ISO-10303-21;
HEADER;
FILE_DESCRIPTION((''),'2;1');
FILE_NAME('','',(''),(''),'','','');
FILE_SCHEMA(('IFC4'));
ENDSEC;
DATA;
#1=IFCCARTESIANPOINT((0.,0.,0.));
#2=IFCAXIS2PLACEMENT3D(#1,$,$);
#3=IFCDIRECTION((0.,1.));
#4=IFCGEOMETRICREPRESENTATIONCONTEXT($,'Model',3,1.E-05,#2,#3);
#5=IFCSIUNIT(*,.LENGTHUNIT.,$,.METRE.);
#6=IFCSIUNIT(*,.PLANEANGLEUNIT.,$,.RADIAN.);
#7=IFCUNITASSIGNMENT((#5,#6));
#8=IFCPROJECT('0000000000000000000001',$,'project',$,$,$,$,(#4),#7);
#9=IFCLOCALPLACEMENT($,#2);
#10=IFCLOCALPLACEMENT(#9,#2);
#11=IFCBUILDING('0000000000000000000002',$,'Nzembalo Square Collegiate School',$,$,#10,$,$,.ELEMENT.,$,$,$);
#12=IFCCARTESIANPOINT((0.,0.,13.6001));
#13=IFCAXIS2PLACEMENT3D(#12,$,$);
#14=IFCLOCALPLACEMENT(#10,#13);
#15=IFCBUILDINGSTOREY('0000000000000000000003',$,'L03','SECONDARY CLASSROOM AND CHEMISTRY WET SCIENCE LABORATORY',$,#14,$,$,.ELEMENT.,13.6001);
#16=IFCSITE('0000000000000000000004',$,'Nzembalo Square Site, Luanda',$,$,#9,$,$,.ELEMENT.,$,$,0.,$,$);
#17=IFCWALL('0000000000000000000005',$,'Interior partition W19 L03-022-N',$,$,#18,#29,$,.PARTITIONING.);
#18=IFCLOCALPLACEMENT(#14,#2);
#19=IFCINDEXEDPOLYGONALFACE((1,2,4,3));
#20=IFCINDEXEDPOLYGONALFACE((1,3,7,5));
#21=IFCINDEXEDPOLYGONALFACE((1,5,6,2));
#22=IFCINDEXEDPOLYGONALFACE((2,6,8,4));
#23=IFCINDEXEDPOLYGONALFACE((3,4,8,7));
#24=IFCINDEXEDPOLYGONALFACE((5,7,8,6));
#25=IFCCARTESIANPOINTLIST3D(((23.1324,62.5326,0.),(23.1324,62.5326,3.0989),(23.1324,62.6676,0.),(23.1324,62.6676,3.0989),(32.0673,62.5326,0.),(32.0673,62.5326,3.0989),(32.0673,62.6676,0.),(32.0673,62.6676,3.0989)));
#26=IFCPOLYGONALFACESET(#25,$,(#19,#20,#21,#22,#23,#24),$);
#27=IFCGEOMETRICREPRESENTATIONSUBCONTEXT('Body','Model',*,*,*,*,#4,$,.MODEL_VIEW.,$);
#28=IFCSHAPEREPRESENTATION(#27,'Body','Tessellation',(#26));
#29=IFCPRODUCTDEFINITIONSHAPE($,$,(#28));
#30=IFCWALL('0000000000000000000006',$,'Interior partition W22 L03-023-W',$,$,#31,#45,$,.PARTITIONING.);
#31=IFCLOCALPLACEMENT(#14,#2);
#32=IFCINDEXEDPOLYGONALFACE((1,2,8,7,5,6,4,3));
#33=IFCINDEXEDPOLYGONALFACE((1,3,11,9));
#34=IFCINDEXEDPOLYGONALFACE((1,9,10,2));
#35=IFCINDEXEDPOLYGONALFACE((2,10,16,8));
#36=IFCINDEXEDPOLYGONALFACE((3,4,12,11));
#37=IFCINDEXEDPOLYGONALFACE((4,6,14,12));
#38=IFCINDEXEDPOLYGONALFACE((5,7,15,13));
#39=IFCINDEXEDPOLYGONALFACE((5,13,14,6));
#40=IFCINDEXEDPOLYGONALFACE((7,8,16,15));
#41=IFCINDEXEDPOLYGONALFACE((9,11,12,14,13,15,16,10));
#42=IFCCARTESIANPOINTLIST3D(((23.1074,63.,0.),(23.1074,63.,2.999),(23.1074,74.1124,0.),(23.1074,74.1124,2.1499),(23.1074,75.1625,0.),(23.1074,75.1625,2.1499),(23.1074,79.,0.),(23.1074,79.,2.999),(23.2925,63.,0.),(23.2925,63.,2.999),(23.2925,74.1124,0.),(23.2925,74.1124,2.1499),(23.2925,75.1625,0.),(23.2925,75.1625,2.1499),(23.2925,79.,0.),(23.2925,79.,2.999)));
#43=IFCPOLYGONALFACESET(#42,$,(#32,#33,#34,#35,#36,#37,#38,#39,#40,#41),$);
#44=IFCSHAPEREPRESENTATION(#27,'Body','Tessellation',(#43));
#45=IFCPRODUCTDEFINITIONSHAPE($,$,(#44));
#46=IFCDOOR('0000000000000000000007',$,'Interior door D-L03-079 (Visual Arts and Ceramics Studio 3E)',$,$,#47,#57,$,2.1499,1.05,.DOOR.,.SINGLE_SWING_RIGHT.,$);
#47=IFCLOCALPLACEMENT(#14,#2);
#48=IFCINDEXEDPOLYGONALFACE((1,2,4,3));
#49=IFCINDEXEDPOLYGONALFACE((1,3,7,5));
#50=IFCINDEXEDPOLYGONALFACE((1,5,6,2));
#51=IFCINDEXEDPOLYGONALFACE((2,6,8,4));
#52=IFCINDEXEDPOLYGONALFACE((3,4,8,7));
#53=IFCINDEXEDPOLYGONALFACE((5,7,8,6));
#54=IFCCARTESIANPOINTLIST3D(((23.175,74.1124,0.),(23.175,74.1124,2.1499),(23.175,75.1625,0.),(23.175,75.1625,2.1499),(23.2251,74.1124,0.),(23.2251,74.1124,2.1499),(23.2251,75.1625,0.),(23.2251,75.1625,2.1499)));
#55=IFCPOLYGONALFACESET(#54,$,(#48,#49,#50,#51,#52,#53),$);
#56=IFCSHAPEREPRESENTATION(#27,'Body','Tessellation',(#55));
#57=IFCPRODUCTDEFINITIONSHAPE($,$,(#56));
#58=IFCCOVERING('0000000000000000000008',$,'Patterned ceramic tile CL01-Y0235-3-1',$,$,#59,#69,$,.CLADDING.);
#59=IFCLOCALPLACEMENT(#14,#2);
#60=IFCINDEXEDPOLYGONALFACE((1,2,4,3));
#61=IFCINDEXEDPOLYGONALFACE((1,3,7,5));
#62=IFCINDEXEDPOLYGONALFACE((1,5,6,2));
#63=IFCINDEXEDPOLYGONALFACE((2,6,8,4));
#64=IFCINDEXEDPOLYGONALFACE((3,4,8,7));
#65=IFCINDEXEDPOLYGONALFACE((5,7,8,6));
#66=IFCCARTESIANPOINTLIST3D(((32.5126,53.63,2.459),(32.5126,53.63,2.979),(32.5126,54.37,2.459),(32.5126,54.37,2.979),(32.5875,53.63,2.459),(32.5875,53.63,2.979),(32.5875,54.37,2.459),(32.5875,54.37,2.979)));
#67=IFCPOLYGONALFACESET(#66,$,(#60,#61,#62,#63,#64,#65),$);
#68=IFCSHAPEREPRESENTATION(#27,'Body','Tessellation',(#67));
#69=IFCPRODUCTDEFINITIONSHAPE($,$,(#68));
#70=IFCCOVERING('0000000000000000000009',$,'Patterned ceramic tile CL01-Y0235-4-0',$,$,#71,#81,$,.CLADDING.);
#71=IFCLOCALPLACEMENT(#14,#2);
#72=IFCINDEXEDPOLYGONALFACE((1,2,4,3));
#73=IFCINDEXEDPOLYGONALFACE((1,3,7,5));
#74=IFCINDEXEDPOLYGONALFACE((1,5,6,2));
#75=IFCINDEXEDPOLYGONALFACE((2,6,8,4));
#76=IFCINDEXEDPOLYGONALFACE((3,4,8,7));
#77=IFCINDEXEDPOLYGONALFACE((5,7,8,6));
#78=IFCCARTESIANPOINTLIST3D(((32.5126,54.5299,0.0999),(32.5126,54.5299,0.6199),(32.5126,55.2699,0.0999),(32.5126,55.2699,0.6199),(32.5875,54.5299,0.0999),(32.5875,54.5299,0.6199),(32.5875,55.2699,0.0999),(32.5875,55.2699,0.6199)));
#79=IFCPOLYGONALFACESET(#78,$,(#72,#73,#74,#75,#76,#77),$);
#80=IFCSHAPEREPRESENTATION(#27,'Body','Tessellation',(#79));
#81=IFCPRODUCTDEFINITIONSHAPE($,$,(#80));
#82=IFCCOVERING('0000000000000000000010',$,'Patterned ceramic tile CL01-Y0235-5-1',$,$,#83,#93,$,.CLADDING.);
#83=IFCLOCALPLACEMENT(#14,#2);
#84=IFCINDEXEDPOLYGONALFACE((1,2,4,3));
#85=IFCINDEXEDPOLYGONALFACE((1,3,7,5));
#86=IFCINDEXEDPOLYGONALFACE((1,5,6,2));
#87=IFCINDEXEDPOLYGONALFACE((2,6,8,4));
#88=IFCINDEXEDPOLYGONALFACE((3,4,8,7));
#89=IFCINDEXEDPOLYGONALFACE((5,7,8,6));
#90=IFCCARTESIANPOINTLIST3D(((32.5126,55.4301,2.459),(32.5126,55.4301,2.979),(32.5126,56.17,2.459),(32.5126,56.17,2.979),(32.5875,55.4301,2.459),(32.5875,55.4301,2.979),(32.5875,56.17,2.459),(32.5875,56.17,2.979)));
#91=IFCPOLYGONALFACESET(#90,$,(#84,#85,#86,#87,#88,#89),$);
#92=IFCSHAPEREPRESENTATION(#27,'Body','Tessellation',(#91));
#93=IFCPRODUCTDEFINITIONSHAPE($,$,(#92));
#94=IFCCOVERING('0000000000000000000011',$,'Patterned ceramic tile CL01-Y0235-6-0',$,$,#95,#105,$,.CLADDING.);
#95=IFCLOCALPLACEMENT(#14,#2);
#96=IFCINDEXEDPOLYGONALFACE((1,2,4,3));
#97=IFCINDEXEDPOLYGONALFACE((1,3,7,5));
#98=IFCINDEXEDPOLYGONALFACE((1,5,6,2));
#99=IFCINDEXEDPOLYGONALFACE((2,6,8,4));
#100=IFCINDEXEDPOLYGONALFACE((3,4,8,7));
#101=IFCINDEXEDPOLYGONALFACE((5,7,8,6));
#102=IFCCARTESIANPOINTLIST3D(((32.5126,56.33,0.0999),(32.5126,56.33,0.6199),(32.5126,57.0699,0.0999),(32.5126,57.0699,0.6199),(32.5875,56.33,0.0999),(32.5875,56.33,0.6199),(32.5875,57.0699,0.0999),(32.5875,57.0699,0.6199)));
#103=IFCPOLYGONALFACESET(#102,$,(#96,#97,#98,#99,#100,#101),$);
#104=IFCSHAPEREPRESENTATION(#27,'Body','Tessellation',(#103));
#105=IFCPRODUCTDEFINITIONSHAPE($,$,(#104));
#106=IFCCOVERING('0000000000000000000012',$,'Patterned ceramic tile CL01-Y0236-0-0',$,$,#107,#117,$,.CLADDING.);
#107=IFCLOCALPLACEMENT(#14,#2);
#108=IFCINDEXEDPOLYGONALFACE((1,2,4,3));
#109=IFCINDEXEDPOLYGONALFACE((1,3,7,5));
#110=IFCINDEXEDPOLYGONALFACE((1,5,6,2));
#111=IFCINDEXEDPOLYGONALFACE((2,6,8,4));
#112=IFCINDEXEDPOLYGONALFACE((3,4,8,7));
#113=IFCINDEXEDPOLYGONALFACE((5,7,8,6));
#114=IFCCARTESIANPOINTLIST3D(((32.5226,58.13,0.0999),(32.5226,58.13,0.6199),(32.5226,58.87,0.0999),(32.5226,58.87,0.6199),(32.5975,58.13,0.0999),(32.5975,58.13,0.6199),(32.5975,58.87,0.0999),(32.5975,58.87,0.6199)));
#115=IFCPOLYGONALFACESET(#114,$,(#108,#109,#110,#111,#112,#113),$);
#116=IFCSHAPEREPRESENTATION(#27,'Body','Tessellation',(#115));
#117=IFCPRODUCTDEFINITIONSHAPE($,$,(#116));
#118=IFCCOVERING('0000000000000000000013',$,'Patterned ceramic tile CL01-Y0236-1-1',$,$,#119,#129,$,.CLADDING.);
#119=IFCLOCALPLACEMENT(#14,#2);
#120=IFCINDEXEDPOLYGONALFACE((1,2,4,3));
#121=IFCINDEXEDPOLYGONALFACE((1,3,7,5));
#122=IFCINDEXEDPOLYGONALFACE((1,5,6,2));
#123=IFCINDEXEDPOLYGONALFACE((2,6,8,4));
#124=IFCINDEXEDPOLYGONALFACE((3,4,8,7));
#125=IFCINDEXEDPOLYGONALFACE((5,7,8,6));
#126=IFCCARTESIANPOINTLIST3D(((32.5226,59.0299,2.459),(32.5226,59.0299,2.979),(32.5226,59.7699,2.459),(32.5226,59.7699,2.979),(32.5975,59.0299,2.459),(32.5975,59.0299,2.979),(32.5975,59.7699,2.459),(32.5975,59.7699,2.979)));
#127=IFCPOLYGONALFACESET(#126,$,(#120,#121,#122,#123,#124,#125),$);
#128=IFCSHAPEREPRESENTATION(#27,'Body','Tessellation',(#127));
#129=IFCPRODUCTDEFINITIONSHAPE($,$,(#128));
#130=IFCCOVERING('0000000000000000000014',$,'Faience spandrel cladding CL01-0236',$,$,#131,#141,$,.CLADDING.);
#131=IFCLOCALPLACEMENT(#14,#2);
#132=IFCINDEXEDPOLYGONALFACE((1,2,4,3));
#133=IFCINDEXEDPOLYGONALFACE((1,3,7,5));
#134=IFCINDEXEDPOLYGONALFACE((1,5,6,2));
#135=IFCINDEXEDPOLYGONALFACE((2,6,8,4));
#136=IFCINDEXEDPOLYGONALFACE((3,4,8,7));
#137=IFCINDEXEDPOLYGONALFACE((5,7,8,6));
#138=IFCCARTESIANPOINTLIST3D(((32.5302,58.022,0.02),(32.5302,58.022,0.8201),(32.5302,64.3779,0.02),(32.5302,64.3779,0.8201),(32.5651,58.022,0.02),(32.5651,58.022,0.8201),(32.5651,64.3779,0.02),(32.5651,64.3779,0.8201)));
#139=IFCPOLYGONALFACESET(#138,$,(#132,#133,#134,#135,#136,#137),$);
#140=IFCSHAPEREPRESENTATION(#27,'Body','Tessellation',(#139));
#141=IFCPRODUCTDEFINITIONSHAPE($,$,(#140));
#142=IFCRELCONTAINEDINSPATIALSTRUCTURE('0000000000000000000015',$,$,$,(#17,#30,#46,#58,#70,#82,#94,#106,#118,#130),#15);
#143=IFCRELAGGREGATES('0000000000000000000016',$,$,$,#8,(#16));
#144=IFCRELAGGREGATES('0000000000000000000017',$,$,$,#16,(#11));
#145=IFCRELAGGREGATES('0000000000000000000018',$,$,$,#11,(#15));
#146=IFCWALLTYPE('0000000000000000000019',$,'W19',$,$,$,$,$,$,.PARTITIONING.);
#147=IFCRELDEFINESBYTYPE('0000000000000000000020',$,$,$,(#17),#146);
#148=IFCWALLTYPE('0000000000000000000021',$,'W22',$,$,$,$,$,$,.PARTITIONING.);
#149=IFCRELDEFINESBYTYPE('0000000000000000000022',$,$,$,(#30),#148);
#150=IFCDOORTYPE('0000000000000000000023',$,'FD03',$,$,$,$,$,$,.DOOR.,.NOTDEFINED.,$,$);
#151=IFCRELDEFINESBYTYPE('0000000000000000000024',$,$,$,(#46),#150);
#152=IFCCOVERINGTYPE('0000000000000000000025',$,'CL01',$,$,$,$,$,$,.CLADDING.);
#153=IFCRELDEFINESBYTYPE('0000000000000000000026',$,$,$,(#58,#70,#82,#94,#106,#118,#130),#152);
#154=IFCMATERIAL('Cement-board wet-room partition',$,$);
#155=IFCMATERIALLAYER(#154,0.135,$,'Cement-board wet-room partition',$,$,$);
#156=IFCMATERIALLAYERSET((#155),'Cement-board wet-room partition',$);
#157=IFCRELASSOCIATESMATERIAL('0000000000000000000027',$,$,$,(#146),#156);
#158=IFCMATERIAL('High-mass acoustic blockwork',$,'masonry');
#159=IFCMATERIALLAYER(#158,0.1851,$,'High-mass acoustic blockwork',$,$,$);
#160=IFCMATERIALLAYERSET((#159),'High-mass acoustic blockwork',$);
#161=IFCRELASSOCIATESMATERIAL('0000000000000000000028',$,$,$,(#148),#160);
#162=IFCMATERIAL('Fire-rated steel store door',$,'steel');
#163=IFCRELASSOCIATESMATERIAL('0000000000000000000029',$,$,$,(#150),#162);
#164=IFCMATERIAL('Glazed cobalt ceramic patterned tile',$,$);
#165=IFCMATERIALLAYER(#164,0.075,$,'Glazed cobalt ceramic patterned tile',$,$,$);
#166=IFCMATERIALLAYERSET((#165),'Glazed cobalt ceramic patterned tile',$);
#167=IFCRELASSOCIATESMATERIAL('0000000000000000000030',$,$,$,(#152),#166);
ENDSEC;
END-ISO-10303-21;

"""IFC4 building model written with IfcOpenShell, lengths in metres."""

from ifc_helpers import new_model, si_unit, direction, frame, frame_2d, origin, origin_2d, place, context, subcontext, project, spatial, rectangle, extrude, material, layer, layer_set, type_object, element, fill, save


model = new_model("IFC4")

# Units and contexts
model_context = context("Model", 3, precision=1e-05, world=origin(), true_north=direction((0.0, 1.0)))
body_context = subcontext(model_context, "Body", "Model", "MODEL_VIEW")
ifc_project = project(units=[si_unit("LENGTHUNIT", "METRE"), si_unit("PLANEANGLEUNIT", "RADIAN")], contexts=[model_context])

# Site, building, storey
site_placement = place(None, origin())
site = spatial("IfcSite", under=ifc_project, at=site_placement, Name="Nzembalo Square Site, Luanda", CompositionType="ELEMENT", RefElevation=0.0)
building_placement = place(site_placement, origin())
building = spatial("IfcBuilding", under=site, at=building_placement, Name="Nzembalo Square Collegiate School", CompositionType="ELEMENT")
storey_placement = place(building_placement, frame((0.0, 0.0, 13.6001)))
storey = spatial("IfcBuildingStorey", under=building, at=storey_placement, Name="L03", Description="SECONDARY CLASSROOM AND CHEMISTRY WET SCIENCE LABORATORY", CompositionType="ELEMENT", Elevation=13.6001)

# Wall
ifc_material_1 = material(Name="Cement-board wet-room partition")
ifc_layer_1 = layer(ifc_material_1, 0.135, Name="Cement-board wet-room partition")
ifc_layer_set_1 = layer_set([ifc_layer_1], Name="Cement-board wet-room partition")
wall_type_1 = type_object("IfcWallType", Name="W19", PredefinedType="PARTITIONING", material=ifc_layer_set_1)
wall_1_placement = place(storey_placement, frame((23.1326, 62.6001, 0.0), z_axis=(0.0, 0.0, 1.0), x_axis=(1.0, 0.0, 0.0)))
element("IfcWall", 1, at=wall_1_placement, inside=storey, type_object=wall_type_1, Name="Interior partition W19 L03-022-N", PredefinedType="PARTITIONING", context=body_context, shape_type="SweptSolid", body=[
    extrude(rectangle(XDim=8.9348, YDim=0.135, at=frame_2d((4.4673, 0.0))), origin(), (0.0, 0.0, 1.0), 3.0989),
])

# Wall, opening, door
ifc_material_2 = material(Name="High-mass acoustic blockwork", Category="masonry")
ifc_layer_2 = layer(ifc_material_2, 0.1851, Name="High-mass acoustic blockwork")
ifc_layer_set_2 = layer_set([ifc_layer_2], Name="High-mass acoustic blockwork")
wall_type_2 = type_object("IfcWallType", Name="W22", PredefinedType="PARTITIONING", material=ifc_layer_set_2)
wall_2_placement = place(storey_placement, frame((23.2, 63.0, 0.0), z_axis=(0.0, 0.0, 1.0), x_axis=(0.0, 1.0, 0.0)))
wall_2 = element("IfcWall", 2, at=wall_2_placement, inside=storey, type_object=wall_type_2, Name="Interior partition W22 L03-023-W", PredefinedType="PARTITIONING", context=body_context, shape_type="SweptSolid", body=[
    extrude(rectangle(XDim=16.0, YDim=0.1851, at=frame_2d((8.0, 0.0))), origin(), (0.0, 0.0, 1.0), 2.999),
])
opening_1_placement = place(wall_2_placement, frame((11.1125, 0.0, 0.0)))
opening_1 = element("IfcOpeningElement", 3, at=opening_1_placement, cuts=wall_2, PredefinedType="OPENING", context=body_context, shape_type="SweptSolid", body=[
    extrude(rectangle(XDim=1.05, YDim=2.1499, at=frame_2d((0.5249, 1.075))), frame((0.0, 0.1025, 0.0), z_axis=(0.0, -1.0, 0.0), x_axis=(1.0, 0.0, 0.0)), (0.0, 0.0, 1.0), 0.2051),
])
ifc_material_3 = material(Name="Fire-rated steel store door", Category="steel")
door_type_1 = type_object("IfcDoorType", Name="FD03", OperationType="NOTDEFINED", PredefinedType="DOOR", material=ifc_material_3)
door_1_placement = place(opening_1_placement, origin())
door_1 = element("IfcDoor", 4, at=door_1_placement, inside=storey, type_object=door_type_1, Name="Interior door D-L03-079 (Visual Arts and Ceramics Studio 3E)", OperationType="SINGLE_SWING_RIGHT", OverallHeight=2.1499, OverallWidth=1.05, PredefinedType="DOOR", context=body_context, shape_type="SweptSolid", body=[
    extrude(rectangle(XDim=1.05, YDim=2.1499, at=frame_2d((0.5249, 1.075))), frame((0.0, 0.0249, 0.0), z_axis=(0.0, -1.0, 0.0), x_axis=(1.0, 0.0, 0.0)), (0.0, 0.0, 1.0), 0.05),
])
fill(opening_1, door_1)

# Coverings
ifc_material_4 = material(Name="Glazed cobalt ceramic patterned tile")
ifc_layer_3 = layer(ifc_material_4, 0.075, Name="Glazed cobalt ceramic patterned tile")
ifc_layer_set_3 = layer_set([ifc_layer_3], Name="Glazed cobalt ceramic patterned tile")
covering_type = type_object("IfcCoveringType", Name="CL01", PredefinedType="CLADDING", material=ifc_layer_set_3)
for number, where, z_axis, x_axis, name in (
    (5, (32.55, 54.0, 2.459), (0.0, 0.0, 1.0), (1.0, 0.0, 0.0), "Patterned ceramic tile CL01-Y0235-3-1"),
    (6, (32.55, 54.8999, 0.0999), (0.0, 0.0, 1.0), (1.0, 0.0, 0.0), "Patterned ceramic tile CL01-Y0235-4-0"),
    (7, (32.55, 55.8, 2.459), (0.0, 0.0, 1.0), (1.0, 0.0, 0.0), "Patterned ceramic tile CL01-Y0235-5-1"),
    (8, (32.55, 56.7, 0.0999), (0.0, 0.0, 1.0), (1.0, 0.0, 0.0), "Patterned ceramic tile CL01-Y0235-6-0"),
    (9, (32.5601, 58.5, 0.0999), (0.0, 0.0, 1.0), (1.0, 0.0, 0.0), "Patterned ceramic tile CL01-Y0236-0-0"),
    (10, (32.5601, 59.3999, 2.459), (0.0, 0.0, 1.0), (1.0, 0.0, 0.0), "Patterned ceramic tile CL01-Y0236-1-1"),
):
    element("IfcCovering", number, at=place(storey_placement, frame(where, z_axis=z_axis, x_axis=x_axis)), inside=storey, type_object=covering_type, Name=name, PredefinedType="CLADDING", context=body_context, shape_type="SweptSolid", body=[
        extrude(rectangle(XDim=0.075, YDim=0.74, at=origin_2d()), origin(), (0.0, 0.0, 1.0), 0.52),
    ])
covering_placement = place(storey_placement, frame((32.5476, 61.2, 0.02), z_axis=(0.0, 0.0, 1.0), x_axis=(1.0, 0.0, 0.0)))
element("IfcCovering", 11, at=covering_placement, inside=storey, type_object=covering_type, Name="Faience spandrel cladding CL01-0236", PredefinedType="CLADDING", context=body_context, shape_type="SweptSolid", body=[
    extrude(rectangle(XDim=0.0349, YDim=6.356, at=origin_2d()), origin(), (0.0, 0.0, 1.0), 0.8),
])

save(model, "model.ifc")
